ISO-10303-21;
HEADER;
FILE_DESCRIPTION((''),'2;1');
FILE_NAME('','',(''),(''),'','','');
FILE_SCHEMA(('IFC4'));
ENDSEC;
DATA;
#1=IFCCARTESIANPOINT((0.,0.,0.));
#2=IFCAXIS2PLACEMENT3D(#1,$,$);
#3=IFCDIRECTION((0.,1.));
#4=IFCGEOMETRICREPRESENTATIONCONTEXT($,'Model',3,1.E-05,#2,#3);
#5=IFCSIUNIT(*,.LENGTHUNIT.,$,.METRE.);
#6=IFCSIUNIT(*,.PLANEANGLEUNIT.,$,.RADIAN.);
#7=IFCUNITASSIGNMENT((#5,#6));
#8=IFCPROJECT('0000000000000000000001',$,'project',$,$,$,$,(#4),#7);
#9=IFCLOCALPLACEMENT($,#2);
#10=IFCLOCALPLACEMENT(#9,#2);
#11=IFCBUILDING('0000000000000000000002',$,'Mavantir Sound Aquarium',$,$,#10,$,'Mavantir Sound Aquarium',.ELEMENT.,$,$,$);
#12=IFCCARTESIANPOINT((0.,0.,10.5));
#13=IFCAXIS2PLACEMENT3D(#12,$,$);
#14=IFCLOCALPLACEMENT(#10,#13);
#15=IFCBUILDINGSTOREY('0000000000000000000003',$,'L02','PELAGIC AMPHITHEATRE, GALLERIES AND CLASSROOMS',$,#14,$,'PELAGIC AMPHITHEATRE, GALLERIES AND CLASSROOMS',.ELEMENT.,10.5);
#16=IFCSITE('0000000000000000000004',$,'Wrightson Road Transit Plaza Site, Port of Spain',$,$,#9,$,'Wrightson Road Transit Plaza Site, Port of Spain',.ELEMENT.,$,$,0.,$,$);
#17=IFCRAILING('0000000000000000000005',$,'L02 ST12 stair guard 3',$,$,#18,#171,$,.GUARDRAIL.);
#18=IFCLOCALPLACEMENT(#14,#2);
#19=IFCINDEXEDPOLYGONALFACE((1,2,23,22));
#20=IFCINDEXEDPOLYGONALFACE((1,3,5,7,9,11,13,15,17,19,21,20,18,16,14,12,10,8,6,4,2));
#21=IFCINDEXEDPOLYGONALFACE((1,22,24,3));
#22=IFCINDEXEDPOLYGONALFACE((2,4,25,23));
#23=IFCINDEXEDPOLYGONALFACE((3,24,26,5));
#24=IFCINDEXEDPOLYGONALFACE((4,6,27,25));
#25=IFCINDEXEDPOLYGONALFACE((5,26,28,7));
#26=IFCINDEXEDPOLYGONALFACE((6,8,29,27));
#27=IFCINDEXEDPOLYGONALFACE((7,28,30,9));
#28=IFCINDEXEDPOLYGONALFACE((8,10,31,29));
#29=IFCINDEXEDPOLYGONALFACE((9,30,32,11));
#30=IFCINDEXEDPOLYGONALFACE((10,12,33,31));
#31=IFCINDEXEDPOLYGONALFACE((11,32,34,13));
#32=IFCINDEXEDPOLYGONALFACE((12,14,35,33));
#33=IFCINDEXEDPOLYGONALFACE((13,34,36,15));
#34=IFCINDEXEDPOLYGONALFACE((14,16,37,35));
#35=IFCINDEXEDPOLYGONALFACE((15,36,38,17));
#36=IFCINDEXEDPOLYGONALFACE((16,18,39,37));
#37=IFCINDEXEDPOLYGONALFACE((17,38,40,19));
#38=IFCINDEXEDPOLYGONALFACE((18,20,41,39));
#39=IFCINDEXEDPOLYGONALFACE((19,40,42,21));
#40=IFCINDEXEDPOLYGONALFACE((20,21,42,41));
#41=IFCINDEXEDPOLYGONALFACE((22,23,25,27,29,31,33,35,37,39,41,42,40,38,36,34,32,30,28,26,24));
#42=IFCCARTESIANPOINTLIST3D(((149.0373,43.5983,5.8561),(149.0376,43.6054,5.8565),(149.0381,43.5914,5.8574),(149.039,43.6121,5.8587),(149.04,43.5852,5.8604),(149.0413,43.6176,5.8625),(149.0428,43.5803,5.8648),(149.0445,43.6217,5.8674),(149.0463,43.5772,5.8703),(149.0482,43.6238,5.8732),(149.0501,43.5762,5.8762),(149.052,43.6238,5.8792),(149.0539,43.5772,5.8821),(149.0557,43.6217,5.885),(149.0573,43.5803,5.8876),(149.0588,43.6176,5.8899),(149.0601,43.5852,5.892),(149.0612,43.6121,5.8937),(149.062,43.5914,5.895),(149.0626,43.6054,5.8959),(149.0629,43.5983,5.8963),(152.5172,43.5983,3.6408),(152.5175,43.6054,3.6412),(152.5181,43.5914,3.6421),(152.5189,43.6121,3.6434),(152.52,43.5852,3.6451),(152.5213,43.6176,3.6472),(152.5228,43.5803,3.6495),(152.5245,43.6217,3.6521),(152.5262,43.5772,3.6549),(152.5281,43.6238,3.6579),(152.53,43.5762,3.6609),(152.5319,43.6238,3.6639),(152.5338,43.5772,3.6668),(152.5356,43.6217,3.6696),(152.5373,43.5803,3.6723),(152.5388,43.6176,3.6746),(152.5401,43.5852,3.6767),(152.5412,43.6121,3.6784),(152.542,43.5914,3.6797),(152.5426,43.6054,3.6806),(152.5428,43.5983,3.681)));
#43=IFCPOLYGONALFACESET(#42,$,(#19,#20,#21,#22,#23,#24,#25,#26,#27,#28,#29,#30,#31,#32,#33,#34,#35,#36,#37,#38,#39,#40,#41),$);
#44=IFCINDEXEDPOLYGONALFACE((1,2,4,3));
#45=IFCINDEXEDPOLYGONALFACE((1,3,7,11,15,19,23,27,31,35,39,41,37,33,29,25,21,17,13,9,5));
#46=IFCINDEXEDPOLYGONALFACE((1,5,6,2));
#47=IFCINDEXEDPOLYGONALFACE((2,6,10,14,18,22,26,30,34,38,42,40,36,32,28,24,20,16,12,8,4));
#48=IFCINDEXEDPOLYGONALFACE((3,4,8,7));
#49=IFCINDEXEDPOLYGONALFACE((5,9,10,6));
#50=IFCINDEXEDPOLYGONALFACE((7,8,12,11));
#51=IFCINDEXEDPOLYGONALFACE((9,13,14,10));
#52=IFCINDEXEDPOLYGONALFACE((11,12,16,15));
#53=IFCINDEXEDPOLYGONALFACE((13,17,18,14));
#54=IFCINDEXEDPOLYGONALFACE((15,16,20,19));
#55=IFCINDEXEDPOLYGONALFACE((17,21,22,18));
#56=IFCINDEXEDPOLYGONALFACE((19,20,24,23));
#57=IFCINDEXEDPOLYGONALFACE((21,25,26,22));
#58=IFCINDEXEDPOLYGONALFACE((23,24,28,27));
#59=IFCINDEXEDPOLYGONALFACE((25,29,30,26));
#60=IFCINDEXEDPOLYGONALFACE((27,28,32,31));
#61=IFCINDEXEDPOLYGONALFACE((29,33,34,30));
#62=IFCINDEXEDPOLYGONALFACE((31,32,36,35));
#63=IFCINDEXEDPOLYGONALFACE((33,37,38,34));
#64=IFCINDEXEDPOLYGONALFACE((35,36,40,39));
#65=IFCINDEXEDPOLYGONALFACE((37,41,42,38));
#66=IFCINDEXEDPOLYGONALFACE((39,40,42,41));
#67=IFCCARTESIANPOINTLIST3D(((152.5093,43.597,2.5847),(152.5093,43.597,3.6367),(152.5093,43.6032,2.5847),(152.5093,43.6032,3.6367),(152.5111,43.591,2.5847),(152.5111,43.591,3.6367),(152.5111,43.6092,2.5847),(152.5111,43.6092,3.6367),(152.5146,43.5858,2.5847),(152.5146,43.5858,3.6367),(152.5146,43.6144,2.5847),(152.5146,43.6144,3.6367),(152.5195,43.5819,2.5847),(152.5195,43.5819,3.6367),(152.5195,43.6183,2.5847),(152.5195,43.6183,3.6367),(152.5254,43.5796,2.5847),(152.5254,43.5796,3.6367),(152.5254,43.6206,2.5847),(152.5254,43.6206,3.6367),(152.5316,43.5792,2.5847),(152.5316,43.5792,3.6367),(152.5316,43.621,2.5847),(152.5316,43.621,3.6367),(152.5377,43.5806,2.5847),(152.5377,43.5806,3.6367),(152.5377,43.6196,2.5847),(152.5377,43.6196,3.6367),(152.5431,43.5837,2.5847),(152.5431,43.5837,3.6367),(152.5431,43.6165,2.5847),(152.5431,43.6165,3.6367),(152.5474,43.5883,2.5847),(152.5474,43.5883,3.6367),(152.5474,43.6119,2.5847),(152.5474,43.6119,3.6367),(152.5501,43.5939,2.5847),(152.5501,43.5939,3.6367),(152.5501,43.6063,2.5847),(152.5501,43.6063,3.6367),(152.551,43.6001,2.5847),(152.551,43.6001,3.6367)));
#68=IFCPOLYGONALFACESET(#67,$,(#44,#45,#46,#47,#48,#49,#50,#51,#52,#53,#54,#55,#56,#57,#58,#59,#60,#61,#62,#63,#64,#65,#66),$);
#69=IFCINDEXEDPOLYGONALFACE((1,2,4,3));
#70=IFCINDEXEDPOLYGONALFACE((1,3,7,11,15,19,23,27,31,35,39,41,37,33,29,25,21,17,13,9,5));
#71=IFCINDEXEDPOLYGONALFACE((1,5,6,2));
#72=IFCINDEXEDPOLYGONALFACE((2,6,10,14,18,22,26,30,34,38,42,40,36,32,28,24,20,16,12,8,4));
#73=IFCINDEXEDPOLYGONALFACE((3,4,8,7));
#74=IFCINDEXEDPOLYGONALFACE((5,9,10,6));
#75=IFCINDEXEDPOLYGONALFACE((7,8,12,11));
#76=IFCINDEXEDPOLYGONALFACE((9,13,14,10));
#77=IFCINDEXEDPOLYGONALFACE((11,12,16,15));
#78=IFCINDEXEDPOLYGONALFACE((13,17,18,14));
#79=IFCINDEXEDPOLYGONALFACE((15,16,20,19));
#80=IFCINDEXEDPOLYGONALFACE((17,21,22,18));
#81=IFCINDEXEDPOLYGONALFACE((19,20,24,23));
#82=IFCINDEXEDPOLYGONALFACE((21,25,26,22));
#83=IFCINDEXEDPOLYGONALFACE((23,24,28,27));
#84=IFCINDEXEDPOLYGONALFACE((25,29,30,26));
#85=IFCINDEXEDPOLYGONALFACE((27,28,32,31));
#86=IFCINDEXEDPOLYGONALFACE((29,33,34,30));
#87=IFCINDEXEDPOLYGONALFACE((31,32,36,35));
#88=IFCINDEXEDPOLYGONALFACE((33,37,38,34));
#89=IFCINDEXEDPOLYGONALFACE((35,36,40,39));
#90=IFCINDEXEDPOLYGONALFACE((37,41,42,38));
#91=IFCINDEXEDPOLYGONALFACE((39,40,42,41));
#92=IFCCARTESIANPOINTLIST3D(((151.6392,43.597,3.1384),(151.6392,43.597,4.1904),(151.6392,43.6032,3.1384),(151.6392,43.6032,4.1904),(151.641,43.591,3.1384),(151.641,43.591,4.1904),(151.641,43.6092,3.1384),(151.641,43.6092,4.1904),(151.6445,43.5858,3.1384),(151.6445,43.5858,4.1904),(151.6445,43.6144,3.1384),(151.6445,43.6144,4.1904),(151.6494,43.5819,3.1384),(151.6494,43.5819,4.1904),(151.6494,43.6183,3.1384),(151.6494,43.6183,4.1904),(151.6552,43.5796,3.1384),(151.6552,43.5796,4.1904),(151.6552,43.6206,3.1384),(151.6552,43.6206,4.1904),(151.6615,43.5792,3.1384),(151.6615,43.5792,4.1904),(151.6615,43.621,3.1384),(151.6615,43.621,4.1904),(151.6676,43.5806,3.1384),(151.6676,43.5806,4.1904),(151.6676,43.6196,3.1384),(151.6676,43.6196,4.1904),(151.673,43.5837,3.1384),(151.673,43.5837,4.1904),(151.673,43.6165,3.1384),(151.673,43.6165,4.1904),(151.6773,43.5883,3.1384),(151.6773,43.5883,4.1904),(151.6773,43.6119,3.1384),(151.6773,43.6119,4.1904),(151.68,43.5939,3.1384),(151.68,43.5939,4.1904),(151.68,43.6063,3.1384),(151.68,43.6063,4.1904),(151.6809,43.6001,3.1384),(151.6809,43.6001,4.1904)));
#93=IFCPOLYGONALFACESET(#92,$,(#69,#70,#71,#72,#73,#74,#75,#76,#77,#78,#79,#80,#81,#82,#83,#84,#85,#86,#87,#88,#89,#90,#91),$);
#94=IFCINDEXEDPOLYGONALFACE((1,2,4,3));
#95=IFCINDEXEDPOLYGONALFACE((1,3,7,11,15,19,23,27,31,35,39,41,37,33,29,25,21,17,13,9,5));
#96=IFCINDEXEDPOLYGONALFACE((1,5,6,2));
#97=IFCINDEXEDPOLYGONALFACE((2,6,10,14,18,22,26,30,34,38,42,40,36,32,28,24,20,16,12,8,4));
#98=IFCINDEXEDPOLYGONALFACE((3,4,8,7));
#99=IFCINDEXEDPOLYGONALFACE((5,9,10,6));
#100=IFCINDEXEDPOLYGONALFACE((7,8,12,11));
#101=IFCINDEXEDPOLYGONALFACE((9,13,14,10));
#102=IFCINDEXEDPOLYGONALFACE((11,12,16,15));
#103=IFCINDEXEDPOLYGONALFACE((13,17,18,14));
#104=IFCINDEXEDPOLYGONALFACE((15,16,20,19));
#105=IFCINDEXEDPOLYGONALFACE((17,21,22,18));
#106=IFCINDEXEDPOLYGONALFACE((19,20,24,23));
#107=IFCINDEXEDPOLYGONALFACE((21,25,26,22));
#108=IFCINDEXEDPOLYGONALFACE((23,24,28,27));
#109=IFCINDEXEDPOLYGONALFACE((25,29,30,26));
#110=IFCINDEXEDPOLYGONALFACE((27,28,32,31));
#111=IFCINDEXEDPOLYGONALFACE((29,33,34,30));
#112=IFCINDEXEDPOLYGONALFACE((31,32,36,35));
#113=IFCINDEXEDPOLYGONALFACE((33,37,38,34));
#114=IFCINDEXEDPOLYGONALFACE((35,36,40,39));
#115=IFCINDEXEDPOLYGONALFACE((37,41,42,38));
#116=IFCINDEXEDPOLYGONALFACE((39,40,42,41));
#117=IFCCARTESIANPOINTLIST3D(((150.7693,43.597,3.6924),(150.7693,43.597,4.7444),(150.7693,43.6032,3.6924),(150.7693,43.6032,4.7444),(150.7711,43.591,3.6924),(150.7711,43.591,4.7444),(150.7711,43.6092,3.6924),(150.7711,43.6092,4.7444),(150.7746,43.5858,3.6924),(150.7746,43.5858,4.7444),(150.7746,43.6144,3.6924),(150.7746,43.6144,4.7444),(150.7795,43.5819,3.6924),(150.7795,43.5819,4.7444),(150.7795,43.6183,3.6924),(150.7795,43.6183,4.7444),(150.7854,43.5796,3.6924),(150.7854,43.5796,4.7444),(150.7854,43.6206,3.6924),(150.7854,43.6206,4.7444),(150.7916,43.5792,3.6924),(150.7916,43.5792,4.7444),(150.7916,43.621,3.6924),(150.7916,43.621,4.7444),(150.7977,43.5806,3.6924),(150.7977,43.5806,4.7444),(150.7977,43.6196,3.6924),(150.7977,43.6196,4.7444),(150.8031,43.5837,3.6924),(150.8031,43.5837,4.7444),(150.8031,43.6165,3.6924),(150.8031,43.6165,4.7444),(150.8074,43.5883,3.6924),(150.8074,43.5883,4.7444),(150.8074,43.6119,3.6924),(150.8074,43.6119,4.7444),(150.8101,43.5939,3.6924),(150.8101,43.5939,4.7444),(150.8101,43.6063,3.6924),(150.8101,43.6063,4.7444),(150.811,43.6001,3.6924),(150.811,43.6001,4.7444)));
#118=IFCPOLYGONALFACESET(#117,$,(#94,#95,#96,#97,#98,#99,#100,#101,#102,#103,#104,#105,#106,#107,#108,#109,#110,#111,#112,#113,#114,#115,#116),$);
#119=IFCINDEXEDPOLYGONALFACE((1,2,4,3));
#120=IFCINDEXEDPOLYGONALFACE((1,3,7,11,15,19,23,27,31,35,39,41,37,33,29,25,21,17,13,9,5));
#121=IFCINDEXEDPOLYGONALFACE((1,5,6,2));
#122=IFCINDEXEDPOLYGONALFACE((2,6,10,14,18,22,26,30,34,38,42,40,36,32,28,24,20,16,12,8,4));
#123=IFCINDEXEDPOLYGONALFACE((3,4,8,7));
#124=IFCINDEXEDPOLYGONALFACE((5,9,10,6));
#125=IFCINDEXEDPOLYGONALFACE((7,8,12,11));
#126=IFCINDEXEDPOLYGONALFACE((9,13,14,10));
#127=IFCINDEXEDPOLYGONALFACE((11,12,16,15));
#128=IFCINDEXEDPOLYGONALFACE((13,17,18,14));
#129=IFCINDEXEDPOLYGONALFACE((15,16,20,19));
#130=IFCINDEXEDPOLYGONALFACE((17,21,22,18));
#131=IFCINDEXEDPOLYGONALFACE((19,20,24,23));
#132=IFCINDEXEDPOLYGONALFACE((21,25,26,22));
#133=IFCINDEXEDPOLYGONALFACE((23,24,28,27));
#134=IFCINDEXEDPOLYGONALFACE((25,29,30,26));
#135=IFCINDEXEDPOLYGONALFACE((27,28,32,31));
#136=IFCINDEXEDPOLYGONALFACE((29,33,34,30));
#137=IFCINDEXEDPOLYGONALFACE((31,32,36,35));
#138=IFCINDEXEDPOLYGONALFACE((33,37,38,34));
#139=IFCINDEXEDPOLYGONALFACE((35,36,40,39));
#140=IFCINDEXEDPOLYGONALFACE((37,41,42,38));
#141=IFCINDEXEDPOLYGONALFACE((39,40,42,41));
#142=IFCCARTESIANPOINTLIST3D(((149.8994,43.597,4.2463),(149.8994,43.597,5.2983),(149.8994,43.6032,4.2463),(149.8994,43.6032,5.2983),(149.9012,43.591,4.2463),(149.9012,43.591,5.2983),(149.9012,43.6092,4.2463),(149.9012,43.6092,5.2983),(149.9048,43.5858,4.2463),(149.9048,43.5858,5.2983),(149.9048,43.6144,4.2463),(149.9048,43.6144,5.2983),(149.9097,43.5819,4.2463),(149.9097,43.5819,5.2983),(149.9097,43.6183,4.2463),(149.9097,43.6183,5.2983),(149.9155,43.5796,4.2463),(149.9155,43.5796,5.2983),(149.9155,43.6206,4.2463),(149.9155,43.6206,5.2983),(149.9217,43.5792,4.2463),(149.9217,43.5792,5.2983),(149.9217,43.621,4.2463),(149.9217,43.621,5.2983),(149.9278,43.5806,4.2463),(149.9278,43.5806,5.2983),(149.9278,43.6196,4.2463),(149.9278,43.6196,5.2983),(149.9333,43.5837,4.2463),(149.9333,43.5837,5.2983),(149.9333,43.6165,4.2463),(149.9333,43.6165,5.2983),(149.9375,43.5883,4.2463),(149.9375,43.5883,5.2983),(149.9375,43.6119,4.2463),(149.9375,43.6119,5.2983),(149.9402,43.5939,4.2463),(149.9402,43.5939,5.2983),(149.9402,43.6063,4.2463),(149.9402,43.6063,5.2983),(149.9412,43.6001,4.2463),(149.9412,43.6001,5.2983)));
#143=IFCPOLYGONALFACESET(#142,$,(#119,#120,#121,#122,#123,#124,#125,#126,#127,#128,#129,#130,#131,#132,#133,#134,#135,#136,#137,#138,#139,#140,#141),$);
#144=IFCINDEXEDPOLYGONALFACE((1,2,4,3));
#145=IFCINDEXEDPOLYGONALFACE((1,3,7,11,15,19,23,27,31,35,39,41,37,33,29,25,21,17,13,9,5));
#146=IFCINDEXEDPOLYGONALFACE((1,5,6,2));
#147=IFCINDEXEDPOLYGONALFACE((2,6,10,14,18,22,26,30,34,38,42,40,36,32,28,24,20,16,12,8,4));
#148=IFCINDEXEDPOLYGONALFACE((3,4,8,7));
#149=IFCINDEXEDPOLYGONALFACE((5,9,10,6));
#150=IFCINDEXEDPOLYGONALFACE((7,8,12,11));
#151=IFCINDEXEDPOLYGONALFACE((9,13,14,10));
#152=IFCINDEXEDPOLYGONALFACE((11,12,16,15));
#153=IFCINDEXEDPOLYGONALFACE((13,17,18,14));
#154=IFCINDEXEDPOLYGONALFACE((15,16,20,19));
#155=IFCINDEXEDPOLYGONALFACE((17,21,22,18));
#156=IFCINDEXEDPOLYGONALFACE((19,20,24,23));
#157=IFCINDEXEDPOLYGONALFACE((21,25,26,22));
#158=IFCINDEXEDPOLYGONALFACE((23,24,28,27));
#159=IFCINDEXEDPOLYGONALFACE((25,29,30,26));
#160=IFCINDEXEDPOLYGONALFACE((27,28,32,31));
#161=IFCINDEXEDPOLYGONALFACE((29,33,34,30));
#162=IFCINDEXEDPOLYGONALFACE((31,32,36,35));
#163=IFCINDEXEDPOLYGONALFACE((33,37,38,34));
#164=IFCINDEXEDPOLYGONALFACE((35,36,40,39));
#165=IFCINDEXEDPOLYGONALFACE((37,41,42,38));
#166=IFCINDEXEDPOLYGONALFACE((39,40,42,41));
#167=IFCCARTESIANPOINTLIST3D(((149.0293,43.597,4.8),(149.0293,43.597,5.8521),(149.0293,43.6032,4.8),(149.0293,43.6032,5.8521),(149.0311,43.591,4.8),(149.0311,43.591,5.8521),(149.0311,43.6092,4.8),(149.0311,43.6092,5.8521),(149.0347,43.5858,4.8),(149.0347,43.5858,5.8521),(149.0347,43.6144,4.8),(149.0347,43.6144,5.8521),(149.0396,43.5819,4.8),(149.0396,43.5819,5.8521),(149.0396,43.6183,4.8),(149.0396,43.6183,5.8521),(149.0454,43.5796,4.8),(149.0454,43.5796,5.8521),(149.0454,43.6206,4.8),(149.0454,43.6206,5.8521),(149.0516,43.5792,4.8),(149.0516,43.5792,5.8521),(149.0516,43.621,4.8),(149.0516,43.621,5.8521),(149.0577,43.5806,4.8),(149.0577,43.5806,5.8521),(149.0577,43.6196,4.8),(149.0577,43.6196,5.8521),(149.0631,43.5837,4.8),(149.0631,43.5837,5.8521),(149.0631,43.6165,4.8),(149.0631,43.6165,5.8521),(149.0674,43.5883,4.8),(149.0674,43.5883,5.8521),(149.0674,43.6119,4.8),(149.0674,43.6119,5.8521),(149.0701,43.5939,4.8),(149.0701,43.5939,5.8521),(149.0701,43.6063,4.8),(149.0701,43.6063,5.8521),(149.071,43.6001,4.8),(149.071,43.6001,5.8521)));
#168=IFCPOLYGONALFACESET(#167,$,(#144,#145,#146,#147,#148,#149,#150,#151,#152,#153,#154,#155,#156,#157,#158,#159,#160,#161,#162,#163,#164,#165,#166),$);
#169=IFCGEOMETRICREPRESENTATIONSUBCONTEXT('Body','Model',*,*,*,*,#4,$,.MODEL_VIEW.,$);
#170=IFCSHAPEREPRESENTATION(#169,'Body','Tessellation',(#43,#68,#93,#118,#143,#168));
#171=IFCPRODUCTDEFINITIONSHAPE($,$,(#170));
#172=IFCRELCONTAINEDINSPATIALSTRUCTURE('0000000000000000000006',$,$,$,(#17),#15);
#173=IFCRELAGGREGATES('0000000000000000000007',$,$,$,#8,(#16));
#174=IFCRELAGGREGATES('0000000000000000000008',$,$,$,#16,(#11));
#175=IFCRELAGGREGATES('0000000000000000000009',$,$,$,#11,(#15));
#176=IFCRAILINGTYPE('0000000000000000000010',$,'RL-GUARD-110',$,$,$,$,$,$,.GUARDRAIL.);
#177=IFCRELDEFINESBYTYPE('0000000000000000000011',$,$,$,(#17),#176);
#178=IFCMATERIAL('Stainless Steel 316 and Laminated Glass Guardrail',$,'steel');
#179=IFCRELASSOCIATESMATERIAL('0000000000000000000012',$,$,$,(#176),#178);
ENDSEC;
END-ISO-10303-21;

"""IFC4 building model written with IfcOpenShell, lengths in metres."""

from ifc_helpers import new_model, si_unit, direction, frame, origin, origin_2d, place, context, subcontext, project, spatial, circle, extrude, material, type_object, element, save


model = new_model("IFC4")

# Units and contexts
model_context = context("Model", 3, precision=1e-05, world=origin(), true_north=direction((0.0, 1.0)))
body_context = subcontext(model_context, "Body", "Model", "MODEL_VIEW")
ifc_project = project(units=[si_unit("LENGTHUNIT", "METRE"), si_unit("PLANEANGLEUNIT", "RADIAN")], contexts=[model_context])

# Site, building, storey
site_placement = place(None, origin())
site = spatial("IfcSite", under=ifc_project, at=site_placement, Name="Wrightson Road Transit Plaza Site, Port of Spain", LongName="Wrightson Road Transit Plaza Site, Port of Spain", CompositionType="ELEMENT", RefElevation=0.0)
building_placement = place(site_placement, origin())
building = spatial("IfcBuilding", under=site, at=building_placement, Name="Mavantir Sound Aquarium", LongName="Mavantir Sound Aquarium", CompositionType="ELEMENT")
storey_placement = place(building_placement, frame((0.0, 0.0, 10.5)))
storey = spatial("IfcBuildingStorey", under=building, at=storey_placement, Name="L02", Description="PELAGIC AMPHITHEATRE, GALLERIES AND CLASSROOMS", LongName="PELAGIC AMPHITHEATRE, GALLERIES AND CLASSROOMS", CompositionType="ELEMENT", Elevation=10.5)

# Railing
ifc_material_1 = material(Name="Stainless Steel 316 and Laminated Glass Guardrail", Category="steel")
railing_type_1 = type_object("IfcRailingType", Name="RL-GUARD-110", PredefinedType="GUARDRAIL", material=ifc_material_1)
railing_1_placement = place(storey_placement, frame((152.53, 43.6001, 2.5847)))
element("IfcRailing", 1, at=railing_1_placement, inside=storey, type_object=railing_type_1, Name="L02 ST12 stair guard 3", PredefinedType="GUARDRAIL", context=body_context, shape_type="SweptSolid", body=[
    extrude(circle(Radius=0.0239, at=origin_2d()), frame((0.0, 0.0, 1.0762), z_axis=(-0.843574, 0.0, 0.537013), x_axis=(0.0, -1.0, 0.0)), (0.0, 0.0, 1.0), 4.1252),
    extrude(circle(Radius=0.021, at=origin_2d()), origin(), (0.0, 0.0, 1.0), 1.052),
    extrude(circle(Radius=0.021, at=origin_2d()), frame((-0.8701, 0.0, 0.5537)), (0.0, 0.0, 1.0), 1.052),
    extrude(circle(Radius=0.021, at=origin_2d()), frame((-1.74, 0.0, 1.1077)), (0.0, 0.0, 1.0), 1.052),
    extrude(circle(Radius=0.021, at=origin_2d()), frame((-2.6099, 0.0, 1.6616)), (0.0, 0.0, 1.0), 1.052),
    extrude(circle(Radius=0.021, at=origin_2d()), frame((-3.48, 0.0, 2.2153)), (0.0, 0.0, 1.0), 1.052),
])

save(model, "model.ifc")
